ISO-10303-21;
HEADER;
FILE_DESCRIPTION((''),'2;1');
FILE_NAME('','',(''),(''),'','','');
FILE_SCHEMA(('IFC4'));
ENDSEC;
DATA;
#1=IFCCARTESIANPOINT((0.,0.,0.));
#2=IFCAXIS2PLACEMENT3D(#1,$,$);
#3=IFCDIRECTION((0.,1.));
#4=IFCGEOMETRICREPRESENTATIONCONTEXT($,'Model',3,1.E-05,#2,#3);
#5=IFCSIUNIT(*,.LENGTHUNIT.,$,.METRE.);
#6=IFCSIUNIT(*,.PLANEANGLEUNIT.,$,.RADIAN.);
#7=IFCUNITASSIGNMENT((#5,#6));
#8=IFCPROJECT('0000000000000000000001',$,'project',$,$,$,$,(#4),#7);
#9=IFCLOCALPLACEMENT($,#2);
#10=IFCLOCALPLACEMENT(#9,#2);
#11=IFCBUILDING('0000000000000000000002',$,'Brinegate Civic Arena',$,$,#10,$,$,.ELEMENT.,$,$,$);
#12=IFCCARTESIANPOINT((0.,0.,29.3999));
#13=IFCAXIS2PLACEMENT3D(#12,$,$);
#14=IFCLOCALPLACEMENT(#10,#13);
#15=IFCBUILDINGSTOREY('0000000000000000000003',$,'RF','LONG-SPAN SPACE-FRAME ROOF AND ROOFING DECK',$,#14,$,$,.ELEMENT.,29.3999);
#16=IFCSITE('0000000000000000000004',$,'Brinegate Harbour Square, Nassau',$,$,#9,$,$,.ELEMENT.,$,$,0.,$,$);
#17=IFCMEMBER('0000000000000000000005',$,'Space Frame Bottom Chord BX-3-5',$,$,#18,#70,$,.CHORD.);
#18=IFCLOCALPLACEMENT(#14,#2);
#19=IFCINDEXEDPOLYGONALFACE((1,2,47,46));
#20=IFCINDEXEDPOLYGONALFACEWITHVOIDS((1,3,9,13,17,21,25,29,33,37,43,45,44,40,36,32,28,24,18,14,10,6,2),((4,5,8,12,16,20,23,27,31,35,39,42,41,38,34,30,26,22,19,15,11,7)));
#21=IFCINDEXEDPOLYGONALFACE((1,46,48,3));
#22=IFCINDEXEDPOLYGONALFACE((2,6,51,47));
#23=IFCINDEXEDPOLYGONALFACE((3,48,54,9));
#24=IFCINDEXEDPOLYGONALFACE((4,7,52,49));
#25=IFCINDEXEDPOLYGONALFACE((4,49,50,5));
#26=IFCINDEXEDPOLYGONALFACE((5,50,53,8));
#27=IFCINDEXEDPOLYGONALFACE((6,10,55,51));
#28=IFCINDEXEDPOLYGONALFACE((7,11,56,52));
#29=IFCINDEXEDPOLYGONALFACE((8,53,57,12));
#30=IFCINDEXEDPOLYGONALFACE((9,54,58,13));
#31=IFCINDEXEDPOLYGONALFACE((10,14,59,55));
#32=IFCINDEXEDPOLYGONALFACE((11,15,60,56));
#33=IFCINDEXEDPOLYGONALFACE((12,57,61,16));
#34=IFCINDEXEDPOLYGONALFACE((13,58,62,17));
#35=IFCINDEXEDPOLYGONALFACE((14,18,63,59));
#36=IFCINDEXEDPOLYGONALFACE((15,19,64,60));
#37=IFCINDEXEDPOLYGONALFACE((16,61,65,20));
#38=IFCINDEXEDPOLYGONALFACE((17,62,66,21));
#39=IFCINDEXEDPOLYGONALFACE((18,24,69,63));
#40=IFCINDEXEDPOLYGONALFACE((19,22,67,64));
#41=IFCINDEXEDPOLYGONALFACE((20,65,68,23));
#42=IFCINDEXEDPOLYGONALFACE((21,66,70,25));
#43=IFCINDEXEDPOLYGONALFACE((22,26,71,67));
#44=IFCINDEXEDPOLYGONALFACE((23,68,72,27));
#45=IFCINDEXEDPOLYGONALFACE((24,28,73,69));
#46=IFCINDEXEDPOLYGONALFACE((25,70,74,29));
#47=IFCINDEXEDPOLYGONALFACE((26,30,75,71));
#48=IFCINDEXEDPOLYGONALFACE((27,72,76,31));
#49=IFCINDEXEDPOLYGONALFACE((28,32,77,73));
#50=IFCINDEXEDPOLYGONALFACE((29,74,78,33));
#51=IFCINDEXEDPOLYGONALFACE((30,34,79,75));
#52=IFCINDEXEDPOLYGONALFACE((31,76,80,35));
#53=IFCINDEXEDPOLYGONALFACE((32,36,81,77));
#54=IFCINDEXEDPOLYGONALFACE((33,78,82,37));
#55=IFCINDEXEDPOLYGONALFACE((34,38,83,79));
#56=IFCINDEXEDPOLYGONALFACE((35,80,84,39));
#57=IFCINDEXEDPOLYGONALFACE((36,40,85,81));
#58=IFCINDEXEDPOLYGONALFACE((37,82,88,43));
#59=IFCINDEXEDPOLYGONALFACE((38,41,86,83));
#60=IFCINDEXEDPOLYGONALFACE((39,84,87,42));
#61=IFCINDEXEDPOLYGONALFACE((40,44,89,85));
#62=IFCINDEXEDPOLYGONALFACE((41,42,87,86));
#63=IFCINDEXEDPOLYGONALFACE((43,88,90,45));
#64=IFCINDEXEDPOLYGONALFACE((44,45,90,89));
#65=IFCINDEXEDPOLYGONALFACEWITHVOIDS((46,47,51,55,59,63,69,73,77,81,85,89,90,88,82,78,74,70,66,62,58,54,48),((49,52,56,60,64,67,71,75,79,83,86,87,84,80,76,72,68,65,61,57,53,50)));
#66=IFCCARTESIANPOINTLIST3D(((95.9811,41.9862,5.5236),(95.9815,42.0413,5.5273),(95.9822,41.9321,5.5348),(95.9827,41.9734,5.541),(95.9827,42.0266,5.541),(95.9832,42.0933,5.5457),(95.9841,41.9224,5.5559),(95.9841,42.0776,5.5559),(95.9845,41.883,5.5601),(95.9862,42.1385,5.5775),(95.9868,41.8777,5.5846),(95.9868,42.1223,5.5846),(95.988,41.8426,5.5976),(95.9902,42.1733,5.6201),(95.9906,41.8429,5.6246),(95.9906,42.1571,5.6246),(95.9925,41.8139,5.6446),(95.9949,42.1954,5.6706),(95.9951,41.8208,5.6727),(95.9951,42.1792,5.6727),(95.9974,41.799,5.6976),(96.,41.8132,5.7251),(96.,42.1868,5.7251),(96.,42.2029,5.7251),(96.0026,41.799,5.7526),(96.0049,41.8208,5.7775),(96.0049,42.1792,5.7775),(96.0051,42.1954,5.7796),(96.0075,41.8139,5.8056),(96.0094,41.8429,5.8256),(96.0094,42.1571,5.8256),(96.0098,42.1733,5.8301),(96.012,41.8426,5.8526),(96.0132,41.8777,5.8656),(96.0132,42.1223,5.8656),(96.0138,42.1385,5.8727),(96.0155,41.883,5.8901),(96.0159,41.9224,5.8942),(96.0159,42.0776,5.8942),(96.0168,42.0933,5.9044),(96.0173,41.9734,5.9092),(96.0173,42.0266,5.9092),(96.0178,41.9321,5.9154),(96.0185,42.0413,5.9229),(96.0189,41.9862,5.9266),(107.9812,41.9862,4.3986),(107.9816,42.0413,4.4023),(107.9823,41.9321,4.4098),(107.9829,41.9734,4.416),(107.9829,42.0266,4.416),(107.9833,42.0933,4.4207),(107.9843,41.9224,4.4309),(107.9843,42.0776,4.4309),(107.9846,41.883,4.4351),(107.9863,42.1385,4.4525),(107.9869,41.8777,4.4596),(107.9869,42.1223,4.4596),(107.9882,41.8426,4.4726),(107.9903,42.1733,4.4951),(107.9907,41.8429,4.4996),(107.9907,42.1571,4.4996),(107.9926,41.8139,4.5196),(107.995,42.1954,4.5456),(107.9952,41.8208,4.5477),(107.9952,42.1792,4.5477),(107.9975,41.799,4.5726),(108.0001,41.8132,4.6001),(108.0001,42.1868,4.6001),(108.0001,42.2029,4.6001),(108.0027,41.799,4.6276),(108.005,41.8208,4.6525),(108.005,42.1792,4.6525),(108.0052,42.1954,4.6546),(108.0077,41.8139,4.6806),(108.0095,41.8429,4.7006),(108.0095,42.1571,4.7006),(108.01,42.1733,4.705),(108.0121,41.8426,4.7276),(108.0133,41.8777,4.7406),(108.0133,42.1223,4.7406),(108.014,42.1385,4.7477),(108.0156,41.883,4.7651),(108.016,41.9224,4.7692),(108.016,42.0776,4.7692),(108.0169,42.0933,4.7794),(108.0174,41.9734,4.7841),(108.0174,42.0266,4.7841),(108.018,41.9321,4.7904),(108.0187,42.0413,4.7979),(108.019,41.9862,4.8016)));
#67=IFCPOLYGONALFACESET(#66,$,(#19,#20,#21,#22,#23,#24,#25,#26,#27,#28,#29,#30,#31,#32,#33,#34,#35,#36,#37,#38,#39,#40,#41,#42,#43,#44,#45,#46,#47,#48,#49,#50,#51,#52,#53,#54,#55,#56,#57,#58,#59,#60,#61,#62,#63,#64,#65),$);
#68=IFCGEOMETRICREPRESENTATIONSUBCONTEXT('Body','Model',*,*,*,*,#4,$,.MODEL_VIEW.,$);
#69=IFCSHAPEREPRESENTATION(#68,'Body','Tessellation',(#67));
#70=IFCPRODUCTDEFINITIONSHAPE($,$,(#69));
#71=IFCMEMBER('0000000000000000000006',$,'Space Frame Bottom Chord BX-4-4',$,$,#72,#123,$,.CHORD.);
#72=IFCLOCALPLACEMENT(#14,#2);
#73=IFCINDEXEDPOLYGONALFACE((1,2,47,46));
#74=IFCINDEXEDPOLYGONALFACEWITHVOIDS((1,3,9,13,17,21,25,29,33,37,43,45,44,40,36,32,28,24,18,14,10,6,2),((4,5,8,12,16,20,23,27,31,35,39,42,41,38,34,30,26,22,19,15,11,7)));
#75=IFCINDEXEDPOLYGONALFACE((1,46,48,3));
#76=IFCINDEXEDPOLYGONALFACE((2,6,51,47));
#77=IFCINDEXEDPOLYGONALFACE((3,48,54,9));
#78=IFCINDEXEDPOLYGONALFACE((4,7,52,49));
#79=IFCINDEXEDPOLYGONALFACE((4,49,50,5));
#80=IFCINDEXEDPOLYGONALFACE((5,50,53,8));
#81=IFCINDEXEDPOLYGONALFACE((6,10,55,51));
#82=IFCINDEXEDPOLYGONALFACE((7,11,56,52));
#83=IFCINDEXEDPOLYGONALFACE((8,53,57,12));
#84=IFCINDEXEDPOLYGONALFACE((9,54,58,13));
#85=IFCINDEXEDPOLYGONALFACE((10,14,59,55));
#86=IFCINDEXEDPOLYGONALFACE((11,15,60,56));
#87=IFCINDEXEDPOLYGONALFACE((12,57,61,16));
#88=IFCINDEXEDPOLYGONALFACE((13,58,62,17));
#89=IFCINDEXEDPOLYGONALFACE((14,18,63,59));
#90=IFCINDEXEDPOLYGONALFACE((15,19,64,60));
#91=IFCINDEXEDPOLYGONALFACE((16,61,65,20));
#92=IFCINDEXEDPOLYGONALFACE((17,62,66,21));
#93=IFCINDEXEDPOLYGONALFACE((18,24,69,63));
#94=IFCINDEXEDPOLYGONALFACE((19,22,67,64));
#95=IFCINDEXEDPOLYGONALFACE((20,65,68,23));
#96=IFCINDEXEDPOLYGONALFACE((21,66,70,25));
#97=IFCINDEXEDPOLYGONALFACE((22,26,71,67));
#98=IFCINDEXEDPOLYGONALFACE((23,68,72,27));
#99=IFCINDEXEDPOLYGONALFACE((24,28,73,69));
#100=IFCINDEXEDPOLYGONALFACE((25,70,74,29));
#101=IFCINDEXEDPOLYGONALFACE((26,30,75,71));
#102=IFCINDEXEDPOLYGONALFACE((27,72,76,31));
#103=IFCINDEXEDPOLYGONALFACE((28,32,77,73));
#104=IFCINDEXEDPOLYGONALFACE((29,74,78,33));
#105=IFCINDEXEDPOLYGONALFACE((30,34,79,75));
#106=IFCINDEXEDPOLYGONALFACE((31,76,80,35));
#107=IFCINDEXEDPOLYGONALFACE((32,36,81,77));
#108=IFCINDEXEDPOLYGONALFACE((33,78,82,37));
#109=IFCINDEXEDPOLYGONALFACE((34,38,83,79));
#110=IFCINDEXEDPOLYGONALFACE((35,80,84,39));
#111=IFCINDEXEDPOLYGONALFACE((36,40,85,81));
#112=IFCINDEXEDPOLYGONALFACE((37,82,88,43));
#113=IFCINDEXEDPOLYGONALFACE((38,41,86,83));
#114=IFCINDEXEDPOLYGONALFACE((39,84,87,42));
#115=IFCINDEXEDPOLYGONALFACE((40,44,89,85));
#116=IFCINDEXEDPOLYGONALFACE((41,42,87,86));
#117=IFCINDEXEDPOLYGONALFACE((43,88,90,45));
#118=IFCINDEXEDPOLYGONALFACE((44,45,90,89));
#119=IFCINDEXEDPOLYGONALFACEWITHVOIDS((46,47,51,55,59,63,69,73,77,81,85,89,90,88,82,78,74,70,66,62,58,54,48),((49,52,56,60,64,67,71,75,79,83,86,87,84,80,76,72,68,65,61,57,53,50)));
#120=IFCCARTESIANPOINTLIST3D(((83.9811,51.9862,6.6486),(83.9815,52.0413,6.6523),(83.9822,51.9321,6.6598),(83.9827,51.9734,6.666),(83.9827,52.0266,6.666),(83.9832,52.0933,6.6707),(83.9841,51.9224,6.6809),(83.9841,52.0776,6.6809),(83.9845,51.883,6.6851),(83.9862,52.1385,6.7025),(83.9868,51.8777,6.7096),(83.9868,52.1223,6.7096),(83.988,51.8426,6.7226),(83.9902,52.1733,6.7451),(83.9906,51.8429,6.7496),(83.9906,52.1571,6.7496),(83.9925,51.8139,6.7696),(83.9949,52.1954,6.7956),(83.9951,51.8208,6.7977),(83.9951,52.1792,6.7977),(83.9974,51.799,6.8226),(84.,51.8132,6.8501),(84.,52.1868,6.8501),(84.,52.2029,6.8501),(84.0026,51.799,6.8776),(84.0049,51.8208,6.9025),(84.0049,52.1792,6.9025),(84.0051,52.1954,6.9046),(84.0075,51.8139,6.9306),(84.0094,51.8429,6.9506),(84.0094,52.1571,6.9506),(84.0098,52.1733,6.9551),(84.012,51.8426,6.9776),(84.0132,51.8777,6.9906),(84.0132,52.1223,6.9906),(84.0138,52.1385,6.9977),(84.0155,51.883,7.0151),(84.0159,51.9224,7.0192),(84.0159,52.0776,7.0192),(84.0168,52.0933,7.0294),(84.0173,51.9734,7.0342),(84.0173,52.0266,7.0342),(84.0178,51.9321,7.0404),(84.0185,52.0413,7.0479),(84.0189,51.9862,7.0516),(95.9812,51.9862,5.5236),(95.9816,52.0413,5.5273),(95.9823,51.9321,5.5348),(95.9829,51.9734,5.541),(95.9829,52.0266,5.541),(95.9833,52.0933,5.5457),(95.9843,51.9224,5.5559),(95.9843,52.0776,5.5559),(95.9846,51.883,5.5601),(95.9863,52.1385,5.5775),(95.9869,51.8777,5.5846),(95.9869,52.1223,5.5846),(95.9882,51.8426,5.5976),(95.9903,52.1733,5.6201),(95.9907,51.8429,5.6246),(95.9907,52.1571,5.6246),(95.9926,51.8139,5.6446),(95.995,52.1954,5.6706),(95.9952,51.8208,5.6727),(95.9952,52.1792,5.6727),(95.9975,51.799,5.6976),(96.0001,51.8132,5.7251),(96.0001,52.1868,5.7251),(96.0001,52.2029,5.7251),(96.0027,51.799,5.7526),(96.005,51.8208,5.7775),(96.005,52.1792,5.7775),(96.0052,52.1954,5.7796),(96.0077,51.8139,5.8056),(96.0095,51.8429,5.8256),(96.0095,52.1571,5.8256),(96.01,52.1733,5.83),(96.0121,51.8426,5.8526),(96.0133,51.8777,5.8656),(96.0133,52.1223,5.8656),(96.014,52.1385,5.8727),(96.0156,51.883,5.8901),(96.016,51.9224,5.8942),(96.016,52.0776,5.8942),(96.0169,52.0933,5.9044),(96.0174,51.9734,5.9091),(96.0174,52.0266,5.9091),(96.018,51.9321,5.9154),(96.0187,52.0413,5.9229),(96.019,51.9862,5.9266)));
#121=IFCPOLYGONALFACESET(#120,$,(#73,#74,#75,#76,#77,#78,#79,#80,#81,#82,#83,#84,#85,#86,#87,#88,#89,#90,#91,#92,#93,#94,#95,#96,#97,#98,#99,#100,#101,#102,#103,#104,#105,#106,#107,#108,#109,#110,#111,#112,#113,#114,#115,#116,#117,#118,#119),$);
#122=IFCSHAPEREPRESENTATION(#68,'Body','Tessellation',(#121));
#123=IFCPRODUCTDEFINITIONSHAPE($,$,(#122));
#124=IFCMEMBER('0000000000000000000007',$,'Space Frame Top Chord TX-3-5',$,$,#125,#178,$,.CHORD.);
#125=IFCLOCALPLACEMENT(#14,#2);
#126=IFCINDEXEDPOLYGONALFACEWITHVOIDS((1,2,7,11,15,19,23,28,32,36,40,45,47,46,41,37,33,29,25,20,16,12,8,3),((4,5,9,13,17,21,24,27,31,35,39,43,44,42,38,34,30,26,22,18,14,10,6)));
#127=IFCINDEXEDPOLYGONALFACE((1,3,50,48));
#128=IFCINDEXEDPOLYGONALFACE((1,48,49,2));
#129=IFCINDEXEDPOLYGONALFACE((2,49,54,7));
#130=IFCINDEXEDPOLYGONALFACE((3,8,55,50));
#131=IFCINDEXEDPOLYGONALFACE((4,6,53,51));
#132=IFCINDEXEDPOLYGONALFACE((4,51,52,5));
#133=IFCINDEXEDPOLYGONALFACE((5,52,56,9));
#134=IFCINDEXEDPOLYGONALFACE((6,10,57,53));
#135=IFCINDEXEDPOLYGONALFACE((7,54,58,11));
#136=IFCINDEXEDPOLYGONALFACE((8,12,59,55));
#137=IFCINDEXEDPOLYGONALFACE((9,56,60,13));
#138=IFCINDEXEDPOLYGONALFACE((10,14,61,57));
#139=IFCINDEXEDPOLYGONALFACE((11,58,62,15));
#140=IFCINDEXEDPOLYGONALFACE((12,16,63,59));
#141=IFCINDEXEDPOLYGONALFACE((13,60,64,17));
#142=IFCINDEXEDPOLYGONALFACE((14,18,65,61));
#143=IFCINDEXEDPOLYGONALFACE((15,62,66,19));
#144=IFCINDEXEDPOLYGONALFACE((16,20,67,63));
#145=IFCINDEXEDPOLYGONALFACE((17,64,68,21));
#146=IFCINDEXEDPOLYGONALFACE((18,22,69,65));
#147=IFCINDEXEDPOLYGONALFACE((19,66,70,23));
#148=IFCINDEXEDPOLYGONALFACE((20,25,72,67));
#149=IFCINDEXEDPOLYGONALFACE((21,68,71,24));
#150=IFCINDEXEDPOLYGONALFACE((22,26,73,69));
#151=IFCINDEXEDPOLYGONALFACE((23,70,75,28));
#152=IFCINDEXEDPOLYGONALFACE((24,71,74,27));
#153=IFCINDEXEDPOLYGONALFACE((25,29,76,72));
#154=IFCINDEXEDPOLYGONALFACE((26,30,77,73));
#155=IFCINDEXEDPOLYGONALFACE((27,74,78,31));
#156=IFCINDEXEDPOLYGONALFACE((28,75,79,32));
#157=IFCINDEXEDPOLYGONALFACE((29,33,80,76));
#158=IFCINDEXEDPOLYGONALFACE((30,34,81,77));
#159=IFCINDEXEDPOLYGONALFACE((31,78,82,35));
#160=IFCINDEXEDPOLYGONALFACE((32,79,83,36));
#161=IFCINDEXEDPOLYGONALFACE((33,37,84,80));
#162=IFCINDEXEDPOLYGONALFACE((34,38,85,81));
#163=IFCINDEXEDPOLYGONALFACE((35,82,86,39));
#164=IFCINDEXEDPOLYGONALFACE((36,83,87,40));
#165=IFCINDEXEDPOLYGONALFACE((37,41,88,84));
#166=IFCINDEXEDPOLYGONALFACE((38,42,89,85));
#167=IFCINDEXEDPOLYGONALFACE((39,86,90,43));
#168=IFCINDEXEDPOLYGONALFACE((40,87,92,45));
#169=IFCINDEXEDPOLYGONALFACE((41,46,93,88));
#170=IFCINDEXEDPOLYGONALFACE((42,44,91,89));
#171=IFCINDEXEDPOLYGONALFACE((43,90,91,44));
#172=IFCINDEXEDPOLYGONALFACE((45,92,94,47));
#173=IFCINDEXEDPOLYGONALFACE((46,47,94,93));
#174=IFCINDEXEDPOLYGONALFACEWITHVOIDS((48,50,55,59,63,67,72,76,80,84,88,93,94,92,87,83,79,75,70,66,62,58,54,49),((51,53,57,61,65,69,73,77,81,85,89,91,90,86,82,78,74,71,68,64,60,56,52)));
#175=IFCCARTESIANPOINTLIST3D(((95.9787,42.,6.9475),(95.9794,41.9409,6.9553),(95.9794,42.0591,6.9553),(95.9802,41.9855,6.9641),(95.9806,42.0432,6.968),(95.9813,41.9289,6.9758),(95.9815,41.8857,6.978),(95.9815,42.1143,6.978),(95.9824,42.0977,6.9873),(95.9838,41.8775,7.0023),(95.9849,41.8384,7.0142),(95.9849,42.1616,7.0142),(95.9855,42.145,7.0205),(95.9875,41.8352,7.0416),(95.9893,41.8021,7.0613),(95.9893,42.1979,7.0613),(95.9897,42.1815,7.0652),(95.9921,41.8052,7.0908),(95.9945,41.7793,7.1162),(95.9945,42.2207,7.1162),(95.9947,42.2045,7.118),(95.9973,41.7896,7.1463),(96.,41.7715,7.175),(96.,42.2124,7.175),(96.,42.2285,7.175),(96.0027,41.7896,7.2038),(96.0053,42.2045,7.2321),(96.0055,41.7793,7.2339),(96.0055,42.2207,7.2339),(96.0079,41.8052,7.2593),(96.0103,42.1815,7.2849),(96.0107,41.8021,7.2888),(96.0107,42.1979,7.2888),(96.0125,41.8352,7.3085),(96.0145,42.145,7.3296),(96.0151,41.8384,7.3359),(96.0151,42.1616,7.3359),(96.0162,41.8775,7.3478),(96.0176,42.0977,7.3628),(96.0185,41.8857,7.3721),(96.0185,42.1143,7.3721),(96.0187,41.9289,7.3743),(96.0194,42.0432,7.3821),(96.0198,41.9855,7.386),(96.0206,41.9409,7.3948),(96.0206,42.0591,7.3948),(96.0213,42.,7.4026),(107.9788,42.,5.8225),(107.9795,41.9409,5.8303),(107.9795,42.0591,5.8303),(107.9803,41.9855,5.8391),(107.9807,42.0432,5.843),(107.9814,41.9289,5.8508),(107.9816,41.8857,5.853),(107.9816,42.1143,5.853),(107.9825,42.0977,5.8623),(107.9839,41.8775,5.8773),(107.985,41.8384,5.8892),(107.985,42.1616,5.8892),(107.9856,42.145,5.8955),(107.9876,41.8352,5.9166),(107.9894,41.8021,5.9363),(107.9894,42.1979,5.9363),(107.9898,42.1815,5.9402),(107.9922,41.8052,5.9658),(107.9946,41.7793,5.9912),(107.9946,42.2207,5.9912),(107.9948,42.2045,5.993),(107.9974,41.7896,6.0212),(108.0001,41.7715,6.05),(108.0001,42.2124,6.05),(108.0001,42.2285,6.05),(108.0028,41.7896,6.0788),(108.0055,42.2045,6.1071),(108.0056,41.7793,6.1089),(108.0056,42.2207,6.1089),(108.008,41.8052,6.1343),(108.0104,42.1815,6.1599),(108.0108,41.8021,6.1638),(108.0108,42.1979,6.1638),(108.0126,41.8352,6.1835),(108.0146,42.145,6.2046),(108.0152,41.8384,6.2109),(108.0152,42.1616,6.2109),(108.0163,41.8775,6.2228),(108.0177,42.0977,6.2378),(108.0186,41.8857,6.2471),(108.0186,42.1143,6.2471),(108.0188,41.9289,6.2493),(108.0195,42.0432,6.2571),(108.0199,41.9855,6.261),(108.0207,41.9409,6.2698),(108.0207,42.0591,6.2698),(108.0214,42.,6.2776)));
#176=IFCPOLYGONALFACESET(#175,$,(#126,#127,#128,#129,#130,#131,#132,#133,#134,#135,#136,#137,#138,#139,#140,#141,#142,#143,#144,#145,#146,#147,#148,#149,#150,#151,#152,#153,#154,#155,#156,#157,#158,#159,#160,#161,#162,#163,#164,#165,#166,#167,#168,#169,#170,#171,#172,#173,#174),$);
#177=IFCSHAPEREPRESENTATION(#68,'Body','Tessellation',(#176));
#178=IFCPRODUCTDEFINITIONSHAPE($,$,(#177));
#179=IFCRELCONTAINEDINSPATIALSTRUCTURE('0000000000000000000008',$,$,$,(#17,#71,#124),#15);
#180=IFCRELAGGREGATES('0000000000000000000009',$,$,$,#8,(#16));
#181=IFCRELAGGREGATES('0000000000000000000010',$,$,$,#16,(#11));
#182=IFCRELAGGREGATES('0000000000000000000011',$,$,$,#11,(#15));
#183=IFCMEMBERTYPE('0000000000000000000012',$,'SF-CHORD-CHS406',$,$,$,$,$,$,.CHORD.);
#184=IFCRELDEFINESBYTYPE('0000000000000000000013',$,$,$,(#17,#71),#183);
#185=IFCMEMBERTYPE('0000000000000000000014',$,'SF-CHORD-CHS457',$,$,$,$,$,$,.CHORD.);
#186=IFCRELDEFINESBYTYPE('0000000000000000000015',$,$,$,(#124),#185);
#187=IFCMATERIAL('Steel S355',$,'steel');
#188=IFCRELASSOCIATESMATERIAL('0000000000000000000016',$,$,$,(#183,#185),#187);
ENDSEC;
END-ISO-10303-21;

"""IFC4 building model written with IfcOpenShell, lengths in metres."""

from ifc_helpers import new_model, si_unit, direction, frame, origin, origin_2d, place, context, subcontext, project, spatial, hollow_circle, extrude, material, material_profile, profile_set, type_object, element, save


model = new_model("IFC4")

# Units and contexts
model_context = context("Model", 3, precision=1e-05, world=origin(), true_north=direction((0.0, 1.0)))
body_context = subcontext(model_context, "Body", "Model", "MODEL_VIEW")
ifc_project = project(units=[si_unit("LENGTHUNIT", "METRE"), si_unit("PLANEANGLEUNIT", "RADIAN")], contexts=[model_context])

# Site, building, storey
site_placement = place(None, origin())
site = spatial("IfcSite", under=ifc_project, at=site_placement, Name="Brinegate Harbour Square, Nassau", CompositionType="ELEMENT", RefElevation=0.0)
building_placement = place(site_placement, origin())
building = spatial("IfcBuilding", under=site, at=building_placement, Name="Brinegate Civic Arena", CompositionType="ELEMENT")
storey_placement = place(building_placement, frame((0.0, 0.0, 29.3999)))
storey = spatial("IfcBuildingStorey", under=building, at=storey_placement, Name="RF", Description="LONG-SPAN SPACE-FRAME ROOF AND ROOFING DECK", CompositionType="ELEMENT", Elevation=29.3999)

# Members
ifc_material = material(Name="Steel S355", Category="steel")
ifc_material_profile_1 = material_profile(ifc_material, hollow_circle(Radius=0.2029, WallThickness=0.0161, at=origin_2d()), Name="CHS406X16")
ifc_profile_set_1 = profile_set([ifc_material_profile_1], Name="Steel S355")
member_type_1 = type_object("IfcMemberType", Name="SF-CHORD-CHS406", PredefinedType="CHORD", material=ifc_profile_set_1)
for number, where, z_axis, x_axis, name in (
    (1, (96.0, 42.0, 5.7251), (0.995634, 0.0, -0.093341), (0.0, 1.0, 0.0), "Space Frame Bottom Chord BX-3-5"),
    (2, (84.0, 52.0, 6.8501), (0.995634, 0.0, -0.093341), (0.0, 1.0, 0.0), "Space Frame Bottom Chord BX-4-4"),
):
    element("IfcMember", number, at=place(storey_placement, frame(where, z_axis=z_axis, x_axis=x_axis)), inside=storey, type_object=member_type_1, Name=name, PredefinedType="CHORD", context=body_context, shape_type="SweptSolid", body=[
        extrude(hollow_circle(Radius=0.2029, WallThickness=0.0161, at=origin_2d()), origin(), (0.0, 0.0, 1.0), 12.0527),
    ])
ifc_material_profile_2 = material_profile(ifc_material, hollow_circle(Radius=0.2285, WallThickness=0.0161, at=origin_2d()), Name="CHS457X16")
ifc_profile_set_2 = profile_set([ifc_material_profile_2], Name="Steel S355")
member_type_2 = type_object("IfcMemberType", Name="SF-CHORD-CHS457", PredefinedType="CHORD", material=ifc_profile_set_2)
for number, where, z_axis, x_axis, name in (
    (3, (96.0, 42.0, 7.175), (0.995634, 0.0, -0.093341), (0.0, 1.0, 0.0), "Space Frame Top Chord TX-3-5"),
):
    element("IfcMember", number, at=place(storey_placement, frame(where, z_axis=z_axis, x_axis=x_axis)), inside=storey, type_object=member_type_2, Name=name, PredefinedType="CHORD", context=body_context, shape_type="SweptSolid", body=[
        extrude(hollow_circle(Radius=0.2285, WallThickness=0.0161, at=origin_2d()), origin(), (0.0, 0.0, 1.0), 12.0527),
    ])

save(model, "model.ifc")
